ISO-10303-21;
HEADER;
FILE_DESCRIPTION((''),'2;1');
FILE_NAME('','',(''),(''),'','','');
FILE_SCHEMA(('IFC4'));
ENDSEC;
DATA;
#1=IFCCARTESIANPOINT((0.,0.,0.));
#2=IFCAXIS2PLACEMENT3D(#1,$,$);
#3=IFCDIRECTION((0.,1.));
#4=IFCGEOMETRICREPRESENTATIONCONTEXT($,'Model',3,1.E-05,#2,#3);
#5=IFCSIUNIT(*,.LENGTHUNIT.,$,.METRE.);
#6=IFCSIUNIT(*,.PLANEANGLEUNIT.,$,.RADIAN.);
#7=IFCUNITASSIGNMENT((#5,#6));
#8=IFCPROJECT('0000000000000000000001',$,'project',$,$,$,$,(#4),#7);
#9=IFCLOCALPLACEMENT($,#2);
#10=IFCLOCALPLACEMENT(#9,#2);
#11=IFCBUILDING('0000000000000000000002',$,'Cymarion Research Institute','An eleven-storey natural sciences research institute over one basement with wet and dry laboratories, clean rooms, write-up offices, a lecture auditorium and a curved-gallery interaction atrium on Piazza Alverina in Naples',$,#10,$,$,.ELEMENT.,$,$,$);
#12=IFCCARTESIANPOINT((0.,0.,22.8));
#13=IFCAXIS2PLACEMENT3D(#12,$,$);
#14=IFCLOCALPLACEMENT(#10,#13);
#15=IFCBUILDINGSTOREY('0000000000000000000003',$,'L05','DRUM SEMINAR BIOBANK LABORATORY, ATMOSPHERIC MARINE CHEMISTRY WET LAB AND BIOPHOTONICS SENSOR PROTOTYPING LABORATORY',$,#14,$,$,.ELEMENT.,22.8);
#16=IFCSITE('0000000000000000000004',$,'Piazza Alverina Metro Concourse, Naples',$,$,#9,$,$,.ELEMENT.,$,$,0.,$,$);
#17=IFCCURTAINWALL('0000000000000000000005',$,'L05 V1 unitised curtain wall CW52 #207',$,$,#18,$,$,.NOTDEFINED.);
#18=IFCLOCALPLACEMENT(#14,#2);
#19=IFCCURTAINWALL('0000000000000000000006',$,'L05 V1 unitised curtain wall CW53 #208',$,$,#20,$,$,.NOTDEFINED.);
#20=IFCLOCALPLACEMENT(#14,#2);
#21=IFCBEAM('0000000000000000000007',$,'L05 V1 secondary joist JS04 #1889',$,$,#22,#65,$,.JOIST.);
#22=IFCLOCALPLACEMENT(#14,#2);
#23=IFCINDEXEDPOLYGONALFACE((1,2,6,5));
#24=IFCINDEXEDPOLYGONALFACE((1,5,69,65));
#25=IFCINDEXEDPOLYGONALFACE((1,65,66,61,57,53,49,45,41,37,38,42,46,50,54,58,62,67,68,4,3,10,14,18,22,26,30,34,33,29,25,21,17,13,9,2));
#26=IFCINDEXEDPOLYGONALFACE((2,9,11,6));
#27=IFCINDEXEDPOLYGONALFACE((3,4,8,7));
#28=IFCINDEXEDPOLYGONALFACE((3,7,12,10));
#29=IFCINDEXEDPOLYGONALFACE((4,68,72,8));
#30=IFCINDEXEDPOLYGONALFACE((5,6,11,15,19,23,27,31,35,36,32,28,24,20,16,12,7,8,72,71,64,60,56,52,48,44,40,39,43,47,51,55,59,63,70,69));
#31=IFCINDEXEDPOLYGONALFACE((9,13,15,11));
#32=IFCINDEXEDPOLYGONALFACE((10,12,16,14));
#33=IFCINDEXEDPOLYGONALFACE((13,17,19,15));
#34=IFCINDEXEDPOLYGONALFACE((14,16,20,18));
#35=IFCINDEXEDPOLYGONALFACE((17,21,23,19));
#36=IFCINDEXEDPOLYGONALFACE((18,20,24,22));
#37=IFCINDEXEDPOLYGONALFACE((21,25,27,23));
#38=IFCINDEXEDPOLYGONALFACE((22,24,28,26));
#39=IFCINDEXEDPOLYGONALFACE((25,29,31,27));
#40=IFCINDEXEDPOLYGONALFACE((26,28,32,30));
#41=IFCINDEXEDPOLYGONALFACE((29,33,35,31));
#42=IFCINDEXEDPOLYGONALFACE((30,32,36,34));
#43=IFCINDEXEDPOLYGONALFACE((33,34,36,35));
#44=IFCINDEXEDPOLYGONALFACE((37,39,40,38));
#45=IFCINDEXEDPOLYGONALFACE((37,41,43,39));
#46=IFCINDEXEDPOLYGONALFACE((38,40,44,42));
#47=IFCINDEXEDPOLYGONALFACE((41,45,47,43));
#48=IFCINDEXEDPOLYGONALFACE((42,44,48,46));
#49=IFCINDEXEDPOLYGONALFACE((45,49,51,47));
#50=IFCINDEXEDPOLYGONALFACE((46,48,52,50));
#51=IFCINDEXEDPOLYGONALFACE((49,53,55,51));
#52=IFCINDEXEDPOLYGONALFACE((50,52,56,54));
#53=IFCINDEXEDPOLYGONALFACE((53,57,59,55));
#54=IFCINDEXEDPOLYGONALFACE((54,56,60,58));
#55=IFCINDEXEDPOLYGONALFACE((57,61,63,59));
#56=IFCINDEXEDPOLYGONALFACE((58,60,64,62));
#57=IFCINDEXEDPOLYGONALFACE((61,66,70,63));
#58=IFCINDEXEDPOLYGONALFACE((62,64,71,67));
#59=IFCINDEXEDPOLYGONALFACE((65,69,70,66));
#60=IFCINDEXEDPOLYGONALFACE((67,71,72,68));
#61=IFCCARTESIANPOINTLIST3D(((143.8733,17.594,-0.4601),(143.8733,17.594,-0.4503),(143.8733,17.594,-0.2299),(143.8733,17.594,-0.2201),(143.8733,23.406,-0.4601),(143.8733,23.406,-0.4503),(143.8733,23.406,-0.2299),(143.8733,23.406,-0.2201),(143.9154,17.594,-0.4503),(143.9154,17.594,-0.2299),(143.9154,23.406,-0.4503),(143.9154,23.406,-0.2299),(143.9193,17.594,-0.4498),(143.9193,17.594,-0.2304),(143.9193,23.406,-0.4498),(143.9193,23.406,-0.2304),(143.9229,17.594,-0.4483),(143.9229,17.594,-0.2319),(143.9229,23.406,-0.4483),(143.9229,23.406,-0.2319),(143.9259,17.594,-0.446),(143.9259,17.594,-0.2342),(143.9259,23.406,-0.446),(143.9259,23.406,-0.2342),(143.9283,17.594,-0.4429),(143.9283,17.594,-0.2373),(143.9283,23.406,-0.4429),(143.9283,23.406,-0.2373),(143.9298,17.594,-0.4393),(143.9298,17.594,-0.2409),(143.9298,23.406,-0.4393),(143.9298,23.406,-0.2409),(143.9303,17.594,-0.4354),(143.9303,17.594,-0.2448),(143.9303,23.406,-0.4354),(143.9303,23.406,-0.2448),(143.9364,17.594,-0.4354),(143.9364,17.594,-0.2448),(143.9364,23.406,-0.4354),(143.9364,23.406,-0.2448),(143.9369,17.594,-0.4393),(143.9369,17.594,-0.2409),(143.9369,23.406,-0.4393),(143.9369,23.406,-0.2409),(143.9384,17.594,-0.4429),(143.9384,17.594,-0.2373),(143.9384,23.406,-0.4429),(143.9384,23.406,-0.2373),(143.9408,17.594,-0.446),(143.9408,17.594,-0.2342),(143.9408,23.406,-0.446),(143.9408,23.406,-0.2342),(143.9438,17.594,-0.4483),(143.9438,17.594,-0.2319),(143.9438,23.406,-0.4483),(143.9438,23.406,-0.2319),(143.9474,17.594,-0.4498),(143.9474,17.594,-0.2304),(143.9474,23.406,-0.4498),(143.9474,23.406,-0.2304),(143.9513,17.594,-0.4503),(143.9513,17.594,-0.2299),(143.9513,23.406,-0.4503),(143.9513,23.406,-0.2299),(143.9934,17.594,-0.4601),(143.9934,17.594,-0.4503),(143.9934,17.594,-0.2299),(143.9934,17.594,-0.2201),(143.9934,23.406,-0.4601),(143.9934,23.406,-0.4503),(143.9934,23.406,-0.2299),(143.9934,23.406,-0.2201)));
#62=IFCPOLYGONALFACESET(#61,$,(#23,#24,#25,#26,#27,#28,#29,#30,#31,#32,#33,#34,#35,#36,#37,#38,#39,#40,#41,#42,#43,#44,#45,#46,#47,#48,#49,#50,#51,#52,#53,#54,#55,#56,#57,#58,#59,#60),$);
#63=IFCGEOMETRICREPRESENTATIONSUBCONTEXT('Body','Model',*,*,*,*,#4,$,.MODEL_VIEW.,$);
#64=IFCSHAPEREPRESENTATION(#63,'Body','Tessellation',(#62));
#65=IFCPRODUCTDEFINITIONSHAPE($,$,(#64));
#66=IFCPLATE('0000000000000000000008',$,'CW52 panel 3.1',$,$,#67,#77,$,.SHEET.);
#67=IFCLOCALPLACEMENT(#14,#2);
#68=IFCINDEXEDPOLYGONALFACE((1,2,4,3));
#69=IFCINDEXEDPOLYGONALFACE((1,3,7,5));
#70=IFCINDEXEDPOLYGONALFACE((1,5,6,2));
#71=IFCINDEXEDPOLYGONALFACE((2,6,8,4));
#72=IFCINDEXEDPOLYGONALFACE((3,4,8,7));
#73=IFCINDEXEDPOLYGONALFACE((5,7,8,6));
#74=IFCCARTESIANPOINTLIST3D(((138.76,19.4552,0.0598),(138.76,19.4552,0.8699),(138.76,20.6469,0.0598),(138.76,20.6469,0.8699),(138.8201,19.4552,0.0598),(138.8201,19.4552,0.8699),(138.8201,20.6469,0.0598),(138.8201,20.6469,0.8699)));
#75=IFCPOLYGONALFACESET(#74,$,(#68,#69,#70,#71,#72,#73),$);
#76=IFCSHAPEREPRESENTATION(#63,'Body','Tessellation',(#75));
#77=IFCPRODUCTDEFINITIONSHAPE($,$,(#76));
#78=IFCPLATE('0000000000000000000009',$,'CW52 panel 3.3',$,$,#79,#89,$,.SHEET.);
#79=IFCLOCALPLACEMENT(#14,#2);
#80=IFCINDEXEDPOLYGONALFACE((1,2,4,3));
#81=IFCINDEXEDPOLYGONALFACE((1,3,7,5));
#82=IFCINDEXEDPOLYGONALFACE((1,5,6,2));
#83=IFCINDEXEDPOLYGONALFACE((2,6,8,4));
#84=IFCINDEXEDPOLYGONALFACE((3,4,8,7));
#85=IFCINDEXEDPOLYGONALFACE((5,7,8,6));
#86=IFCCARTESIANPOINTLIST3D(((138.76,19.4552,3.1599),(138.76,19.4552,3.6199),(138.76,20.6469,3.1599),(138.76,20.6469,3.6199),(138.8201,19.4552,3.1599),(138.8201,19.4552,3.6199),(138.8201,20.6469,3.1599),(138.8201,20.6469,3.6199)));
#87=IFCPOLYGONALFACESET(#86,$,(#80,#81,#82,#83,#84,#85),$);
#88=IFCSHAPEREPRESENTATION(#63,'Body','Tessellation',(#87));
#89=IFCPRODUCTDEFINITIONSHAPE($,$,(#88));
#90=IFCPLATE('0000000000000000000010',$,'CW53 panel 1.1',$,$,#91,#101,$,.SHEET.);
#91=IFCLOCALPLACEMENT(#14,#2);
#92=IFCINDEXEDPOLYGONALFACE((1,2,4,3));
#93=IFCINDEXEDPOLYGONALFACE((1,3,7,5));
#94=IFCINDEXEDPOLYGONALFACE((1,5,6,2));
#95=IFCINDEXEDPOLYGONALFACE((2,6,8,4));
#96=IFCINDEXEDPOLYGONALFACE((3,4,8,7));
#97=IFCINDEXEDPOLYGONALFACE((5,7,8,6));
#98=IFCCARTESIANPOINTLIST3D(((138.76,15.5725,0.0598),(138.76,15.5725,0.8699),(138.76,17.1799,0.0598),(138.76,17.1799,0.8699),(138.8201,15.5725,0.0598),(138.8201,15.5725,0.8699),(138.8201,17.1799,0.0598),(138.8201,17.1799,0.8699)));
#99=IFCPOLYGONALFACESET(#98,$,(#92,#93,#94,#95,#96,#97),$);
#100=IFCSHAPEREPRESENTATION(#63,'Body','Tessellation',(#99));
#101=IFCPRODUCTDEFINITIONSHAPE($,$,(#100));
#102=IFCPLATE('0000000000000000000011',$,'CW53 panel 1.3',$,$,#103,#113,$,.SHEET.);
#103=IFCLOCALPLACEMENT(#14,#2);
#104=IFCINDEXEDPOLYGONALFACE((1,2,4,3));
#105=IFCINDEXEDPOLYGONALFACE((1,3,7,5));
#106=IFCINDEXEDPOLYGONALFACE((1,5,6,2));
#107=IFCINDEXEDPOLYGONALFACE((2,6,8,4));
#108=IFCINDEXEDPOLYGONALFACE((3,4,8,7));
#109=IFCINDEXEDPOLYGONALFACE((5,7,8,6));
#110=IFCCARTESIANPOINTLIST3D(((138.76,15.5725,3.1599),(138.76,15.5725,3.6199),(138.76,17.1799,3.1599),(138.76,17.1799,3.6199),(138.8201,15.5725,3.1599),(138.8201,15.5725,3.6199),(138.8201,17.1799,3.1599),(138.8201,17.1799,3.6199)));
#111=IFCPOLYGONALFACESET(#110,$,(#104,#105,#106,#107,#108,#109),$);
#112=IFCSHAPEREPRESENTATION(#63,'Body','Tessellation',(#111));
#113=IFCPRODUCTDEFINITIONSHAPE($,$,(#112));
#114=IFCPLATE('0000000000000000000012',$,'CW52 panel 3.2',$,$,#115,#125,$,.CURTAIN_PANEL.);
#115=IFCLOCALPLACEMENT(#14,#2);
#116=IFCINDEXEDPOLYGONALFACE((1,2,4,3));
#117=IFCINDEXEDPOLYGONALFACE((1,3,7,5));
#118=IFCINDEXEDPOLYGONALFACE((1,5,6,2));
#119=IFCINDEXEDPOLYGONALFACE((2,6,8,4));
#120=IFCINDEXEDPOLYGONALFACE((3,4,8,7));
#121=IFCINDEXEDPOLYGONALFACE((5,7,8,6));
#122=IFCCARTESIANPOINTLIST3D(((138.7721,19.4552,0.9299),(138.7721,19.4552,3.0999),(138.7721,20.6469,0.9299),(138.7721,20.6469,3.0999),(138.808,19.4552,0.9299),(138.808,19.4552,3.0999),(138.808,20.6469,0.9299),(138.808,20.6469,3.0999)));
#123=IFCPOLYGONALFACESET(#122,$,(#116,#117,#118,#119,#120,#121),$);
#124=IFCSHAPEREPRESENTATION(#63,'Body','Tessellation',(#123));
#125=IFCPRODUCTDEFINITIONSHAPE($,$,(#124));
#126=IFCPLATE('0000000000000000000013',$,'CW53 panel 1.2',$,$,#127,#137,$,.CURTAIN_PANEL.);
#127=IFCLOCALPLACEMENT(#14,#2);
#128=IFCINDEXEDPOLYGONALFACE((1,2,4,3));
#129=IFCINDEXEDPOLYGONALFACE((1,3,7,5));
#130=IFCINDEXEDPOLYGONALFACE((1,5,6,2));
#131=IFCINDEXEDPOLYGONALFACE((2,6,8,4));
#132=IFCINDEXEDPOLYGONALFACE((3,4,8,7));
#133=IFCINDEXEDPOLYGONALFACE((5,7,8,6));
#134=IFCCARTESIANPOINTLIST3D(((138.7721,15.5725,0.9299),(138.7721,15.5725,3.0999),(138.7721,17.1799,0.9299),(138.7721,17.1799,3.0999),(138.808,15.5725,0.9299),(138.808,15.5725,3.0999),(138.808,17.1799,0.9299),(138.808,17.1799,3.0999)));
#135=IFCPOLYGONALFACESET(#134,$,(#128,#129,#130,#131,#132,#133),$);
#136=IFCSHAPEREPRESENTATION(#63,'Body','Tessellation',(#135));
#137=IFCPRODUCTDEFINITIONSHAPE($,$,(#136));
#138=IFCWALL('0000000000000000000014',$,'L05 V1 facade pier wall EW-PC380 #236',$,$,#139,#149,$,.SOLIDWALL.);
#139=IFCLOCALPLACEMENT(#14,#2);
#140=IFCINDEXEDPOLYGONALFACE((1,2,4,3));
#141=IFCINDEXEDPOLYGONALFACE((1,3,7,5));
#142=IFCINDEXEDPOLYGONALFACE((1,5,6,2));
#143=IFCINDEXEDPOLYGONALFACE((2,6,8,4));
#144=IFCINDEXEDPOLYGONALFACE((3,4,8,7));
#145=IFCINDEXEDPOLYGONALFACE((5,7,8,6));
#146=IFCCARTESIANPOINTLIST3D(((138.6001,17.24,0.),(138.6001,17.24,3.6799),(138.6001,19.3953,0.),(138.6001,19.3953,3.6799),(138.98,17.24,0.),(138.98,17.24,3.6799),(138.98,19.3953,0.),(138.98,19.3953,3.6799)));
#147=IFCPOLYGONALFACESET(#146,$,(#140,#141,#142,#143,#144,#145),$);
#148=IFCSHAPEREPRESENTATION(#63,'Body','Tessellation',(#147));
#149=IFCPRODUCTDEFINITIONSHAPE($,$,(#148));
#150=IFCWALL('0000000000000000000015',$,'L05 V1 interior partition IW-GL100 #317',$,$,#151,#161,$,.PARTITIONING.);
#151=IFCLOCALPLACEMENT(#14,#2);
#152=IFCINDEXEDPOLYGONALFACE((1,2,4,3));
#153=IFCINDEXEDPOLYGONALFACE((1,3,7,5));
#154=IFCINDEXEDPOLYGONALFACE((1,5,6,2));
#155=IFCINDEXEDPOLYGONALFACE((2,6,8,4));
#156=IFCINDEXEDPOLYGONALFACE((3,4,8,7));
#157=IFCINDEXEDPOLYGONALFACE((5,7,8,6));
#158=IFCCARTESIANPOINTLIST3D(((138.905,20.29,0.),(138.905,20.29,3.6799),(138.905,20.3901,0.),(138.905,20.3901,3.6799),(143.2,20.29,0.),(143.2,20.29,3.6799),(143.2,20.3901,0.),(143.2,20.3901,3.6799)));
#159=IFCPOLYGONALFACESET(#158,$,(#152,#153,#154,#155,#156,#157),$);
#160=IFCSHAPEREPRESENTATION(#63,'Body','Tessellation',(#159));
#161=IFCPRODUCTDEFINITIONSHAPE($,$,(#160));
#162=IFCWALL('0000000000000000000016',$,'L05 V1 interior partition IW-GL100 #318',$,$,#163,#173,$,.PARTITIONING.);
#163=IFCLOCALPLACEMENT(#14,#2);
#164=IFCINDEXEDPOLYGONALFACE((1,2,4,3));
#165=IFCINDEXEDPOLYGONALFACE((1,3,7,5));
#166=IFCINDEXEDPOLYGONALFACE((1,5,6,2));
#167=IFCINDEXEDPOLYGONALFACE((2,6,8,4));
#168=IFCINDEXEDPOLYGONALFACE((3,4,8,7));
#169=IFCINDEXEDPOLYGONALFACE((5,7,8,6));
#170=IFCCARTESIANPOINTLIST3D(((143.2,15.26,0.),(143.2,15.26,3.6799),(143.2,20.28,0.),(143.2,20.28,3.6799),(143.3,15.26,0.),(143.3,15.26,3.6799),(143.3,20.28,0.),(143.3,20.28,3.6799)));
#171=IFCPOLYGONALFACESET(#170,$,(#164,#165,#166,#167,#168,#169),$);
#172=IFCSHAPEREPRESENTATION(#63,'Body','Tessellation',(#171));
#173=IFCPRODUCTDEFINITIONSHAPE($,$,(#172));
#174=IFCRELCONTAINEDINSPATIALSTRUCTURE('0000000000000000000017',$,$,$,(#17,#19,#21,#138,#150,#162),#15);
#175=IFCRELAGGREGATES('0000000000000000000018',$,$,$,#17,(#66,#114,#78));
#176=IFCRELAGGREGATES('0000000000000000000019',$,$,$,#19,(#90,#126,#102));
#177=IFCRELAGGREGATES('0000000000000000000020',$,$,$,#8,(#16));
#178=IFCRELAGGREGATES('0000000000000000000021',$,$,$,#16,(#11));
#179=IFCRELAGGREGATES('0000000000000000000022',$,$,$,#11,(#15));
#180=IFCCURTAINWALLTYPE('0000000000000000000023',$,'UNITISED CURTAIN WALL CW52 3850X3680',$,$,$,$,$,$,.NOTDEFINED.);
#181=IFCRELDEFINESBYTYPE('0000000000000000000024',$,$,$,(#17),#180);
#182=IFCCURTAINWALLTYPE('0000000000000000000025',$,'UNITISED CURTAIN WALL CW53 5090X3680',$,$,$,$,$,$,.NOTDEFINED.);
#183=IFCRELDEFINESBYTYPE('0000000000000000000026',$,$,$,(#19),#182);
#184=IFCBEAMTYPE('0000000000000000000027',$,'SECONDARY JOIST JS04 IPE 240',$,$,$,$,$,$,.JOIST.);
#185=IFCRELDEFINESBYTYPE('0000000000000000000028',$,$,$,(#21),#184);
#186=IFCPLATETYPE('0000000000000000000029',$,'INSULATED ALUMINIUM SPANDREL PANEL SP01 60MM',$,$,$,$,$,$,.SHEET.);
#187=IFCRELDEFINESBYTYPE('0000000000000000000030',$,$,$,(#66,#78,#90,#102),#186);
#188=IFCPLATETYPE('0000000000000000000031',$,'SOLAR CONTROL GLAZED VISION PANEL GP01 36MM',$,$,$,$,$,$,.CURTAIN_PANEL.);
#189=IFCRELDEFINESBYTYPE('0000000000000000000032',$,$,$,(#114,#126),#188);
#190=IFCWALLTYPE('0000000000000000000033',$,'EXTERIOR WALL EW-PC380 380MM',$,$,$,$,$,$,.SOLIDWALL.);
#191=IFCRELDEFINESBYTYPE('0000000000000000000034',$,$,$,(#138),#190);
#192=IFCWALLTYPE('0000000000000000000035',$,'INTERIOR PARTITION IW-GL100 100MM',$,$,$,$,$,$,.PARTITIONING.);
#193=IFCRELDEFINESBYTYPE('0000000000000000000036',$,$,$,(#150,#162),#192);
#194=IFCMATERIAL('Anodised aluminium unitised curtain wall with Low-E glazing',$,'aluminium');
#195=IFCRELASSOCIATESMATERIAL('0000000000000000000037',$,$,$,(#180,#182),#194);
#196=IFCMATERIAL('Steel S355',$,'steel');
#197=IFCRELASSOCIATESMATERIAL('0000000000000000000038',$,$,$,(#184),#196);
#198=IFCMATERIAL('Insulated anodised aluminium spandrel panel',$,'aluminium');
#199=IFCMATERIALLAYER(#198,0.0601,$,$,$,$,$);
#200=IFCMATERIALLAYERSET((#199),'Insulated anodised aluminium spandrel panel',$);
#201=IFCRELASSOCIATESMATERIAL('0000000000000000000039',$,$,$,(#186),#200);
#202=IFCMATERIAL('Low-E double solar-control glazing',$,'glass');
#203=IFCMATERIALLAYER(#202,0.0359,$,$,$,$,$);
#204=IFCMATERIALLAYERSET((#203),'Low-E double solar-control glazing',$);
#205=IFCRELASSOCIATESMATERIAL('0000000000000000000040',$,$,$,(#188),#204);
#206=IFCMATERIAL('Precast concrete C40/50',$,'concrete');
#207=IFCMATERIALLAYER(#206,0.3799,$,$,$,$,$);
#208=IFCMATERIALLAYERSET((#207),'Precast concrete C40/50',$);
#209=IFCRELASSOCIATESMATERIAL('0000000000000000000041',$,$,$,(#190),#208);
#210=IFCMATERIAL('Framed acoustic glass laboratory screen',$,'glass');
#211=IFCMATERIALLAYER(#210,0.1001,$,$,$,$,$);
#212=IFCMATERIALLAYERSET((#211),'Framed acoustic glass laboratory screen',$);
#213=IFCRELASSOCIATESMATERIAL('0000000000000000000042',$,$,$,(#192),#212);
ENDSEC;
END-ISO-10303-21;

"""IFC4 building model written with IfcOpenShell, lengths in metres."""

from ifc_helpers import new_model, si_unit, direction, frame, frame_2d, origin, origin_2d, place, context, subcontext, project, spatial, rectangle, i_section, extrude, material, layer, layer_set, material_profile, profile_set, type_object, element, aggregate, save


model = new_model("IFC4")

# Units and contexts
model_context = context("Model", 3, precision=1e-05, world=origin(), true_north=direction((0.0, 1.0)))
body_context = subcontext(model_context, "Body", "Model", "MODEL_VIEW")
ifc_project = project(units=[si_unit("LENGTHUNIT", "METRE"), si_unit("PLANEANGLEUNIT", "RADIAN")], contexts=[model_context])

# Site, building, storey
site_placement = place(None, origin())
site = spatial("IfcSite", under=ifc_project, at=site_placement, Name="Piazza Alverina Metro Concourse, Naples", CompositionType="ELEMENT", RefElevation=0.0)
building_placement = place(site_placement, origin())
building = spatial("IfcBuilding", under=site, at=building_placement, Name="Cymarion Research Institute", Description="An eleven-storey natural sciences research institute over one basement with wet and dry laboratories, clean rooms, write-up offices, a lecture auditorium and a curved-gallery interaction atrium on Piazza Alverina in Naples", CompositionType="ELEMENT")
storey_placement = place(building_placement, frame((0.0, 0.0, 22.8)))
storey = spatial("IfcBuildingStorey", under=building, at=storey_placement, Name="L05", Description="DRUM SEMINAR BIOBANK LABORATORY, ATMOSPHERIC MARINE CHEMISTRY WET LAB AND BIOPHOTONICS SENSOR PROTOTYPING LABORATORY", CompositionType="ELEMENT", Elevation=22.8)

# Curtain wall
ifc_material_1 = material(Name="Anodised aluminium unitised curtain wall with Low-E glazing", Category="aluminium")
curtain_wall_type_1 = type_object("IfcCurtainWallType", Name="UNITISED CURTAIN WALL CW52 3850X3680", PredefinedType="NOTDEFINED", material=ifc_material_1)
curtain_wall_1_placement = place(storey_placement, origin())
curtain_wall_1 = element("IfcCurtainWall", 1, at=curtain_wall_1_placement, inside=storey, type_object=curtain_wall_type_1, Name="L05 V1 unitised curtain wall CW52 #207", PredefinedType="NOTDEFINED")

# Curtain wall
curtain_wall_type_2 = type_object("IfcCurtainWallType", Name="UNITISED CURTAIN WALL CW53 5090X3680", PredefinedType="NOTDEFINED", material=ifc_material_1)
curtain_wall_2_placement = place(storey_placement, origin())
curtain_wall_2 = element("IfcCurtainWall", 2, at=curtain_wall_2_placement, inside=storey, type_object=curtain_wall_type_2, Name="L05 V1 unitised curtain wall CW53 #208", PredefinedType="NOTDEFINED")

# Beam
ifc_material_2 = material(Name="Steel S355", Category="steel")
ifc_material_profile_1 = material_profile(ifc_material_2, i_section(OverallWidth=0.1201, OverallDepth=0.24, WebThickness=0.0061, FlangeThickness=0.0098, FilletRadius=0.0149, at=origin_2d()), Name="IPE 240")
ifc_profile_set_1 = profile_set([ifc_material_profile_1], Name="Steel S355")
beam_type = type_object("IfcBeamType", Name="SECONDARY JOIST JS04 IPE 240", PredefinedType="JOIST", material=ifc_profile_set_1)
for number, where, z_axis, x_axis, name in (
    (3, (143.9333, 17.594, -0.3401), (0.0, 1.0, 0.0), (-1.0, 0.0, 0.0), "L05 V1 secondary joist JS04 #1889"),
):
    element("IfcBeam", number, at=place(storey_placement, frame(where, z_axis=z_axis, x_axis=x_axis)), inside=storey, type_object=beam_type, Name=name, PredefinedType="JOIST", context=body_context, shape_type="SweptSolid", body=[
        extrude(i_section(OverallWidth=0.1201, OverallDepth=0.24, WebThickness=0.0061, FlangeThickness=0.0098, FilletRadius=0.0149, at=origin_2d()), origin(), (0.0, 0.0, 1.0), 5.812),
    ])

# Plates
ifc_material_3 = material(Name="Insulated anodised aluminium spandrel panel", Category="aluminium")
ifc_layer_1 = layer(ifc_material_3, 0.0601)
ifc_layer_set_1 = layer_set([ifc_layer_1], Name="Insulated anodised aluminium spandrel panel")
plate_type_1 = type_object("IfcPlateType", Name="INSULATED ALUMINIUM SPANDREL PANEL SP01 60MM", PredefinedType="SHEET", material=ifc_layer_set_1)
plate_1_placement = place(storey_placement, frame((138.79, 20.051, 0.0598), z_axis=(0.0, 0.0, 1.0), x_axis=(0.0, -1.0, 0.0)))
plate_1 = element("IfcPlate", 4, at=plate_1_placement, type_object=plate_type_1, Name="CW52 panel 3.1", PredefinedType="SHEET", context=body_context, shape_type="SweptSolid", body=[
    extrude(rectangle(XDim=1.1917, YDim=0.0601, at=origin_2d()), origin(), (0.0, 0.0, 1.0), 0.8101),
])
plate_2_placement = place(storey_placement, frame((138.79, 20.051, 3.1599), z_axis=(0.0, 0.0, 1.0), x_axis=(0.0, -1.0, 0.0)))
plate_2 = element("IfcPlate", 5, at=plate_2_placement, type_object=plate_type_1, Name="CW52 panel 3.3", PredefinedType="SHEET", context=body_context, shape_type="SweptSolid", body=[
    extrude(rectangle(XDim=1.1917, YDim=0.0601, at=origin_2d()), origin(), (0.0, 0.0, 1.0), 0.46),
])
plate_3_placement = place(storey_placement, frame((138.79, 16.3762, 0.0598), z_axis=(0.0, 0.0, 1.0), x_axis=(0.0, -1.0, 0.0)))
plate_3 = element("IfcPlate", 6, at=plate_3_placement, type_object=plate_type_1, Name="CW53 panel 1.1", PredefinedType="SHEET", context=body_context, shape_type="SweptSolid", body=[
    extrude(rectangle(XDim=1.6074, YDim=0.0601, at=origin_2d()), origin(), (0.0, 0.0, 1.0), 0.8101),
])
plate_4_placement = place(storey_placement, frame((138.79, 16.3762, 3.1599), z_axis=(0.0, 0.0, 1.0), x_axis=(0.0, -1.0, 0.0)))
plate_4 = element("IfcPlate", 7, at=plate_4_placement, type_object=plate_type_1, Name="CW53 panel 1.3", PredefinedType="SHEET", context=body_context, shape_type="SweptSolid", body=[
    extrude(rectangle(XDim=1.6074, YDim=0.0601, at=origin_2d()), origin(), (0.0, 0.0, 1.0), 0.46),
])
ifc_material_4 = material(Name="Low-E double solar-control glazing", Category="glass")
ifc_layer_2 = layer(ifc_material_4, 0.0359)
ifc_layer_set_2 = layer_set([ifc_layer_2], Name="Low-E double solar-control glazing")
plate_type_2 = type_object("IfcPlateType", Name="SOLAR CONTROL GLAZED VISION PANEL GP01 36MM", PredefinedType="CURTAIN_PANEL", material=ifc_layer_set_2)
plate_5_placement = place(storey_placement, frame((138.79, 20.051, 0.9299), z_axis=(0.0, 0.0, 1.0), x_axis=(0.0, -1.0, 0.0)))
plate_5 = element("IfcPlate", 8, at=plate_5_placement, type_object=plate_type_2, Name="CW52 panel 3.2", PredefinedType="CURTAIN_PANEL", context=body_context, shape_type="SweptSolid", body=[
    extrude(rectangle(XDim=1.1917, YDim=0.0359, at=origin_2d()), origin(), (0.0, 0.0, 1.0), 2.1699),
])
aggregate(curtain_wall_1, [plate_1, plate_5, plate_2])
plate_6_placement = place(storey_placement, frame((138.79, 16.3762, 0.9299), z_axis=(0.0, 0.0, 1.0), x_axis=(0.0, -1.0, 0.0)))
plate_6 = element("IfcPlate", 9, at=plate_6_placement, type_object=plate_type_2, Name="CW53 panel 1.2", PredefinedType="CURTAIN_PANEL", context=body_context, shape_type="SweptSolid", body=[
    extrude(rectangle(XDim=1.6074, YDim=0.0359, at=origin_2d()), origin(), (0.0, 0.0, 1.0), 2.1699),
])
aggregate(curtain_wall_2, [plate_3, plate_6, plate_4])

# Walls
ifc_material_5 = material(Name="Precast concrete C40/50", Category="concrete")
ifc_layer_3 = layer(ifc_material_5, 0.3799)
ifc_layer_set_3 = layer_set([ifc_layer_3], Name="Precast concrete C40/50")
wall_type_1 = type_object("IfcWallType", Name="EXTERIOR WALL EW-PC380 380MM", PredefinedType="SOLIDWALL", material=ifc_layer_set_3)
wall_1_placement = place(storey_placement, frame((138.79, 19.3953, 0.0), z_axis=(0.0, 0.0, 1.0), x_axis=(0.0, -1.0, 0.0)))
element("IfcWall", 10, at=wall_1_placement, inside=storey, type_object=wall_type_1, Name="L05 V1 facade pier wall EW-PC380 #236", PredefinedType="SOLIDWALL", context=body_context, shape_type="SweptSolid", body=[
    extrude(rectangle(XDim=2.1553, YDim=0.3799, at=frame_2d((1.0776, 0.0))), origin(), (0.0, 0.0, 1.0), 3.6799),
])
ifc_material_6 = material(Name="Framed acoustic glass laboratory screen", Category="glass")
ifc_layer_4 = layer(ifc_material_6, 0.1001)
ifc_layer_set_4 = layer_set([ifc_layer_4], Name="Framed acoustic glass laboratory screen")
wall_type_2 = type_object("IfcWallType", Name="INTERIOR PARTITION IW-GL100 100MM", PredefinedType="PARTITIONING", material=ifc_layer_set_4)
wall_2_placement = place(storey_placement, frame((138.905, 20.3401, 0.0), z_axis=(0.0, 0.0, 1.0), x_axis=(1.0, 0.0, 0.0)))
element("IfcWall", 11, at=wall_2_placement, inside=storey, type_object=wall_type_2, Name="L05 V1 interior partition IW-GL100 #317", PredefinedType="PARTITIONING", context=body_context, shape_type="SweptSolid", body=[
    extrude(rectangle(XDim=4.2949, YDim=0.1001, at=frame_2d((2.1475, 0.0))), origin(), (0.0, 0.0, 1.0), 3.6799),
])
wall_3_placement = place(storey_placement, frame((143.25, 15.26, 0.0), z_axis=(0.0, 0.0, 1.0), x_axis=(0.0, 1.0, 0.0)))
element("IfcWall", 12, at=wall_3_placement, inside=storey, type_object=wall_type_2, Name="L05 V1 interior partition IW-GL100 #318", PredefinedType="PARTITIONING", context=body_context, shape_type="SweptSolid", body=[
    extrude(rectangle(XDim=5.02, YDim=0.1001, at=frame_2d((2.51, 0.0))), origin(), (0.0, 0.0, 1.0), 3.6799),
])

save(model, "model.ifc")
